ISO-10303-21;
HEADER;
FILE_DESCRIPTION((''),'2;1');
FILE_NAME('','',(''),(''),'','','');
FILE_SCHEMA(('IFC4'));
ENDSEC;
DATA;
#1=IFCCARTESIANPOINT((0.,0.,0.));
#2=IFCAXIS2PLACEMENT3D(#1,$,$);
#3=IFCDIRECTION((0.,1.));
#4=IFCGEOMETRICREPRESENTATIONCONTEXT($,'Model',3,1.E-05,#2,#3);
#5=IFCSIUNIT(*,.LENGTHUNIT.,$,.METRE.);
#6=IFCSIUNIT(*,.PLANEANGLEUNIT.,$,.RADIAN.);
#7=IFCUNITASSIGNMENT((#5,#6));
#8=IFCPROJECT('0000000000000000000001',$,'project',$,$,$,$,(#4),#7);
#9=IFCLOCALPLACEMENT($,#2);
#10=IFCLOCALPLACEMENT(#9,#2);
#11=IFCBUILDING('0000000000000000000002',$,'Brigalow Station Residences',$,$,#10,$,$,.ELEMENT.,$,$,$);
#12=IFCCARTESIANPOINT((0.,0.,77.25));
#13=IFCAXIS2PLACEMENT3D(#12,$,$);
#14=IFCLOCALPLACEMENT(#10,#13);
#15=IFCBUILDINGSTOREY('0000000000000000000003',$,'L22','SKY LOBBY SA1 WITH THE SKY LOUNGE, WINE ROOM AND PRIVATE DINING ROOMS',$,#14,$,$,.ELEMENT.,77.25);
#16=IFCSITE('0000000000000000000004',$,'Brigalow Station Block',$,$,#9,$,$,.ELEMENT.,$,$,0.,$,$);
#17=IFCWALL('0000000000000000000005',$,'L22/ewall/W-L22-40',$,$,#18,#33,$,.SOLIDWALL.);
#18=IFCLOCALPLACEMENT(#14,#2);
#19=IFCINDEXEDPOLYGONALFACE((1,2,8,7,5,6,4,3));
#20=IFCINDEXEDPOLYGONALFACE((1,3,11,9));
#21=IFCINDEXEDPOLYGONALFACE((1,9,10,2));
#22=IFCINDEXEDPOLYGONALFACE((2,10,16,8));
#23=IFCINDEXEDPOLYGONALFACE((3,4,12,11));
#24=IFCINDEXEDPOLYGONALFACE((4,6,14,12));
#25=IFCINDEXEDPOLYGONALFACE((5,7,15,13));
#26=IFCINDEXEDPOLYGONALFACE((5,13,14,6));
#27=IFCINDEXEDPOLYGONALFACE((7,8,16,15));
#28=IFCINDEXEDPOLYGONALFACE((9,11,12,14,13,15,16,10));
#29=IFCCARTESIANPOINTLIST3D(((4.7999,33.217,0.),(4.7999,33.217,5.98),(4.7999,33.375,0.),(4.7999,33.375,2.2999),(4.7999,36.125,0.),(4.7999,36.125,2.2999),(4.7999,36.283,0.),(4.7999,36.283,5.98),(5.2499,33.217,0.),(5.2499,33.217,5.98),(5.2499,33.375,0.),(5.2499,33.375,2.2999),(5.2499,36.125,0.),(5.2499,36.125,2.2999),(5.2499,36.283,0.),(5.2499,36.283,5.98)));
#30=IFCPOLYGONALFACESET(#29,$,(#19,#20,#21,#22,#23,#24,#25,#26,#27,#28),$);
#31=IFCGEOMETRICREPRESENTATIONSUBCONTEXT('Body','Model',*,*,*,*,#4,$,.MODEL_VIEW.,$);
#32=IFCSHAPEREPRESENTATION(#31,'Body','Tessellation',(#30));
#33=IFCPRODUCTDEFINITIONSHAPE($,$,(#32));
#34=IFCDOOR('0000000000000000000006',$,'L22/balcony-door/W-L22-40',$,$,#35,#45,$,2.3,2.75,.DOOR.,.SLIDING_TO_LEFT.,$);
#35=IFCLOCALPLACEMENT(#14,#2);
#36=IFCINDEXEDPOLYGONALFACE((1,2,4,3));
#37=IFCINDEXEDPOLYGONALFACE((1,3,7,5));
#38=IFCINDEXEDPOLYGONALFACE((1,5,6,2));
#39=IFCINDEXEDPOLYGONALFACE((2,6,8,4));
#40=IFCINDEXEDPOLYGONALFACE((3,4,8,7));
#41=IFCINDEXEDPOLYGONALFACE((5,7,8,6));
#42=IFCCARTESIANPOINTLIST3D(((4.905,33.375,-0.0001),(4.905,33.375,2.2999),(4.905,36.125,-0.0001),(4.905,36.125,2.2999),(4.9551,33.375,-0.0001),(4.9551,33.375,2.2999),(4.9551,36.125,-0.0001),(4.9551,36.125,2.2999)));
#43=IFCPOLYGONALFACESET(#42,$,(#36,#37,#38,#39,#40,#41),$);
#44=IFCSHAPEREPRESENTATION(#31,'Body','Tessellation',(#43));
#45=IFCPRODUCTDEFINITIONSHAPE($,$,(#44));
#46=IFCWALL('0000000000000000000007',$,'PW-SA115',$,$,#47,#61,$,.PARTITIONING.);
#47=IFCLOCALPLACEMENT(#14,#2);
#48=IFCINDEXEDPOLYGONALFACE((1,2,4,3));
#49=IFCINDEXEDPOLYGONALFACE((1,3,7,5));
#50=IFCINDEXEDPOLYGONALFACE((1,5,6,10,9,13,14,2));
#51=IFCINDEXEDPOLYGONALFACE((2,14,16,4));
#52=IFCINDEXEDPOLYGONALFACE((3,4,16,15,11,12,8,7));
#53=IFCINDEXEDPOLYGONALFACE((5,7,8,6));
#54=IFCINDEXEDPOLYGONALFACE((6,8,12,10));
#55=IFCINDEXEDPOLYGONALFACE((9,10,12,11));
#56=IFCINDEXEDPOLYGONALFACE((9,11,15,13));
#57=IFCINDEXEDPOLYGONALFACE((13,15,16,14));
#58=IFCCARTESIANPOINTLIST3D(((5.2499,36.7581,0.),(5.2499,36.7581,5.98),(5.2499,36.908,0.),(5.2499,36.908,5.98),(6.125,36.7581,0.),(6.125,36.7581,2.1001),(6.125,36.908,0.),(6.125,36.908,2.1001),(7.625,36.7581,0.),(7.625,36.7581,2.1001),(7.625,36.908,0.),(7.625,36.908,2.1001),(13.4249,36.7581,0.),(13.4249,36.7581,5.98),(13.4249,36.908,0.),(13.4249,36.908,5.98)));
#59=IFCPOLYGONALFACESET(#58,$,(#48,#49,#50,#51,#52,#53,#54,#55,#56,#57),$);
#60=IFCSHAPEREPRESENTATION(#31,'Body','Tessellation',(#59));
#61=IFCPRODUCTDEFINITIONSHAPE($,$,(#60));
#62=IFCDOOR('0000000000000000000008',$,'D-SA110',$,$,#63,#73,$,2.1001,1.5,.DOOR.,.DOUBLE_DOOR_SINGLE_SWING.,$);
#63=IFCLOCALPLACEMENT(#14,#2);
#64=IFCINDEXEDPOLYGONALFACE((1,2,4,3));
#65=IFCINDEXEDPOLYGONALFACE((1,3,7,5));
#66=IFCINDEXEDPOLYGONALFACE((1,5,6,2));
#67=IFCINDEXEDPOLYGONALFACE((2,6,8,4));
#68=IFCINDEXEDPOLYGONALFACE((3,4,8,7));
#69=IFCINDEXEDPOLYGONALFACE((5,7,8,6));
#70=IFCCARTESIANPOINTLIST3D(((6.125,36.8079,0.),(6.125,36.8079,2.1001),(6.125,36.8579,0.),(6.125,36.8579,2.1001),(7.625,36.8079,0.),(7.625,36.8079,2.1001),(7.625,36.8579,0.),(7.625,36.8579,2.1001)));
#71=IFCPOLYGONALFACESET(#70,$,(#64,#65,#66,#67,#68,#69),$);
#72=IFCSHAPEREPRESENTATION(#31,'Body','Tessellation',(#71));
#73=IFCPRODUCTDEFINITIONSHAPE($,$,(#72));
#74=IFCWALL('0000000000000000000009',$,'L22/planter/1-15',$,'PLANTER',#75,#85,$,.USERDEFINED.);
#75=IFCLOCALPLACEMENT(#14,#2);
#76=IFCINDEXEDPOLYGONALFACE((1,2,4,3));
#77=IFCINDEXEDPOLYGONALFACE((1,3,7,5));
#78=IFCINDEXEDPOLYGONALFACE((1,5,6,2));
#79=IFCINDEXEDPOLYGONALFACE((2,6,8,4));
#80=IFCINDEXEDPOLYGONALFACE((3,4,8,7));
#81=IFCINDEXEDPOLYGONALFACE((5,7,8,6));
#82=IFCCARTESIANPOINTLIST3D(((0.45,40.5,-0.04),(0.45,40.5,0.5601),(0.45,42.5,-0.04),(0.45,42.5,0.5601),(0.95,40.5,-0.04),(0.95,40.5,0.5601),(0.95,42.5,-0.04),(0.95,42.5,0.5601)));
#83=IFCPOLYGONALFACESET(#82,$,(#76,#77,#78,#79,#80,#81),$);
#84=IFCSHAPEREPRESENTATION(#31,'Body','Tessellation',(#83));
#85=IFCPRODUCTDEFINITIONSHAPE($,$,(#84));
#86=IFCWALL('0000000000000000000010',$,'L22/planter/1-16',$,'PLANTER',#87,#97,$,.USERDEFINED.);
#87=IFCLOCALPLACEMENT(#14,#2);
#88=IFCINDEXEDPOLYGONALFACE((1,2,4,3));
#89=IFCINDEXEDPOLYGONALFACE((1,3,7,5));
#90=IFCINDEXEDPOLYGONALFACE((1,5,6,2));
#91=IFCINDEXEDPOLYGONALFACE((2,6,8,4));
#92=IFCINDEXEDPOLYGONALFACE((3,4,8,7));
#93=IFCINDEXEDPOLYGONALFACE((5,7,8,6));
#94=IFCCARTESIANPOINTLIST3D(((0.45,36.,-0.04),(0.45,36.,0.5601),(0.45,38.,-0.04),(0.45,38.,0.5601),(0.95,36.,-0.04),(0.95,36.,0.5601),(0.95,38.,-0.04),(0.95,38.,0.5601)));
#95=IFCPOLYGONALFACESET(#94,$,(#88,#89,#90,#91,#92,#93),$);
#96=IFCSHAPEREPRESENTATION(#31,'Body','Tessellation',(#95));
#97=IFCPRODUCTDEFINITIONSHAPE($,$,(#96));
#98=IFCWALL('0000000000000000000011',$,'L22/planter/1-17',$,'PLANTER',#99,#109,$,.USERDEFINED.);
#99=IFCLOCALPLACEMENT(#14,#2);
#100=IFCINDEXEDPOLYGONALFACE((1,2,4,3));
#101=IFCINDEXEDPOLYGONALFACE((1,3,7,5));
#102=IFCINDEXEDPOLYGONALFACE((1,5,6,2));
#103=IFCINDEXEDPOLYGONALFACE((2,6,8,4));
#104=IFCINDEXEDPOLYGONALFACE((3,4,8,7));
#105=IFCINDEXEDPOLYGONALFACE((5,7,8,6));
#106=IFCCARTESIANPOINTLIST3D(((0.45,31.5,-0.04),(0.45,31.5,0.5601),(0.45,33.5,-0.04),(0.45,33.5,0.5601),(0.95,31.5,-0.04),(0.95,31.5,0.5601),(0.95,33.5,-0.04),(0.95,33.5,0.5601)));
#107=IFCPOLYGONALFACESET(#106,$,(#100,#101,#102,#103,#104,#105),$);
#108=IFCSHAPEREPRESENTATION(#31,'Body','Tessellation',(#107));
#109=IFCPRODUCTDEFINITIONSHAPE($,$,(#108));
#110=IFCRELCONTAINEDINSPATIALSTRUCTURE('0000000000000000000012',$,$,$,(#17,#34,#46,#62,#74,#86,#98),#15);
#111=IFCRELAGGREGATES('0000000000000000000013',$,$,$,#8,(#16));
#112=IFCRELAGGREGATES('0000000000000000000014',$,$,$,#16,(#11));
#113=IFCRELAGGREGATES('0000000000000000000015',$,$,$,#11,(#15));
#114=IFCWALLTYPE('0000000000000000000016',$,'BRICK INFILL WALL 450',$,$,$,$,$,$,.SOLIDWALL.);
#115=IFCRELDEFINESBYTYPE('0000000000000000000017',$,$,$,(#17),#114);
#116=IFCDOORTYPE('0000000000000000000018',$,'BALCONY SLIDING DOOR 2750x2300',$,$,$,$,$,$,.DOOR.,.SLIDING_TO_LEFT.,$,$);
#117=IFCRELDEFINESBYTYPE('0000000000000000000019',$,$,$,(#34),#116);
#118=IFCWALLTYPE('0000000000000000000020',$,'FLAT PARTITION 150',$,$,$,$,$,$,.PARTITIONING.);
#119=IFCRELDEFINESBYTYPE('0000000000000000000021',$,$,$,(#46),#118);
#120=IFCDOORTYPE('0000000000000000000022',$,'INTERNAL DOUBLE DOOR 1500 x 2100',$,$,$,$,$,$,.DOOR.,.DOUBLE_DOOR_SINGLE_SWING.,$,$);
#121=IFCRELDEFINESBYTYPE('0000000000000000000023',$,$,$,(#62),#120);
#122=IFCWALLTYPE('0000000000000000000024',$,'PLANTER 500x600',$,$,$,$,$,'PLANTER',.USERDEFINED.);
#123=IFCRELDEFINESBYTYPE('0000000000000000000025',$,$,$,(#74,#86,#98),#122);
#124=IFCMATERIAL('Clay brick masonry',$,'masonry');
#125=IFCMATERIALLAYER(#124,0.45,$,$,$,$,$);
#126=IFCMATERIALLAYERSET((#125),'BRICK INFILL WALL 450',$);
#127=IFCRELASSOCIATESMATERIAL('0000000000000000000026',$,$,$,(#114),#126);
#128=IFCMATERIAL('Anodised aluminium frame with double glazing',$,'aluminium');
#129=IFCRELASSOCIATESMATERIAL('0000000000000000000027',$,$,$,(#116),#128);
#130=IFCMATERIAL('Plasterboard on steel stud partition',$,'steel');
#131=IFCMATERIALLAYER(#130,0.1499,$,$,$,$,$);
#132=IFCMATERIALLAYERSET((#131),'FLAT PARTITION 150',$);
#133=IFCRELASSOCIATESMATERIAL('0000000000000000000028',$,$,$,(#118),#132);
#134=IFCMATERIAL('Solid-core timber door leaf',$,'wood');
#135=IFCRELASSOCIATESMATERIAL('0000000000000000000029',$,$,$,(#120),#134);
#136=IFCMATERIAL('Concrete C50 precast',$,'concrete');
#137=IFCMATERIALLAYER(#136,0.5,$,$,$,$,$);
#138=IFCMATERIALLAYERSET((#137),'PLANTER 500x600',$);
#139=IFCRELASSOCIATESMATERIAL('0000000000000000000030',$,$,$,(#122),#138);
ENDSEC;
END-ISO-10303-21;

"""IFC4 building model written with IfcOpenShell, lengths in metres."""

from ifc_helpers import new_model, si_unit, direction, frame, frame_2d, origin, place, context, subcontext, project, spatial, rectangle, extrude, material, layer, layer_set, type_object, element, fill, save


model = new_model("IFC4")

# Units and contexts
model_context = context("Model", 3, precision=1e-05, world=origin(), true_north=direction((0.0, 1.0)))
body_context = subcontext(model_context, "Body", "Model", "MODEL_VIEW")
ifc_project = project(units=[si_unit("LENGTHUNIT", "METRE"), si_unit("PLANEANGLEUNIT", "RADIAN")], contexts=[model_context])

# Site, building, storey
site_placement = place(None, origin())
site = spatial("IfcSite", under=ifc_project, at=site_placement, Name="Brigalow Station Block", CompositionType="ELEMENT", RefElevation=0.0)
building_placement = place(site_placement, origin())
building = spatial("IfcBuilding", under=site, at=building_placement, Name="Brigalow Station Residences", CompositionType="ELEMENT")
storey_placement = place(building_placement, frame((0.0, 0.0, 77.25)))
storey = spatial("IfcBuildingStorey", under=building, at=storey_placement, Name="L22", Description="SKY LOBBY SA1 WITH THE SKY LOUNGE, WINE ROOM AND PRIVATE DINING ROOMS", CompositionType="ELEMENT", Elevation=77.25)

# Walls, openings, doors
ifc_material_1 = material(Name="Clay brick masonry", Category="masonry")
ifc_layer_1 = layer(ifc_material_1, 0.45)
ifc_layer_set_1 = layer_set([ifc_layer_1], Name="BRICK INFILL WALL 450")
wall_type_1 = type_object("IfcWallType", Name="BRICK INFILL WALL 450", PredefinedType="SOLIDWALL", material=ifc_layer_set_1)
ifc_material_2 = material(Name="Anodised aluminium frame with double glazing", Category="aluminium")
door_type_1 = type_object("IfcDoorType", Name="BALCONY SLIDING DOOR 2750x2300", OperationType="SLIDING_TO_LEFT", PredefinedType="DOOR", material=ifc_material_2)
wall_1_placement = place(storey_placement, frame((5.0249, 36.283, 0.0), z_axis=(0.0, 0.0, 1.0), x_axis=(0.0, -1.0, 0.0)))
wall_1 = element("IfcWall", 1, at=wall_1_placement, inside=storey, type_object=wall_type_1, Name="L22/ewall/W-L22-40", PredefinedType="SOLIDWALL", context=body_context, shape_type="SweptSolid", body=[
    extrude(rectangle(XDim=3.0659, YDim=0.45, at=frame_2d((1.533, 0.0))), origin(), (0.0, 0.0, 1.0), 5.98),
])
opening_1_placement = place(wall_1_placement, frame((0.158, 0.0, 0.0)))
opening_1 = element("IfcOpeningElement", 2, at=opening_1_placement, cuts=wall_1, PredefinedType="OPENING", context=body_context, shape_type="SweptSolid", body=[
    extrude(rectangle(XDim=2.75, YDim=2.3, at=frame_2d((1.375, 1.1499))), frame((0.0, 0.2349, 0.0), z_axis=(0.0, -1.0, 0.0), x_axis=(1.0, 0.0, 0.0)), (0.0, 0.0, 1.0), 0.47),
])
door_1_placement = place(opening_1_placement, origin())
door_1 = element("IfcDoor", 3, at=door_1_placement, inside=storey, type_object=door_type_1, Name="L22/balcony-door/W-L22-40", OperationType="SLIDING_TO_LEFT", OverallHeight=2.3, OverallWidth=2.75, PredefinedType="DOOR", context=body_context, shape_type="SweptSolid", body=[
    extrude(rectangle(XDim=2.75, YDim=2.3, at=frame_2d((1.375, 1.1499))), frame((0.0, -0.0698, 0.0), z_axis=(0.0, -1.0, 0.0), x_axis=(1.0, 0.0, 0.0)), (0.0, 0.0, 1.0), 0.05),
])
fill(opening_1, door_1)
ifc_material_3 = material(Name="Plasterboard on steel stud partition", Category="steel")
ifc_layer_2 = layer(ifc_material_3, 0.1499)
ifc_layer_set_2 = layer_set([ifc_layer_2], Name="FLAT PARTITION 150")
wall_type_2 = type_object("IfcWallType", Name="FLAT PARTITION 150", PredefinedType="PARTITIONING", material=ifc_layer_set_2)
wall_2_placement = place(storey_placement, frame((5.25, 36.833, 0.0), z_axis=(0.0, 0.0, 1.0), x_axis=(1.0, 0.0, 0.0)))
wall_2 = element("IfcWall", 4, at=wall_2_placement, inside=storey, type_object=wall_type_2, Name="PW-SA115", PredefinedType="PARTITIONING", context=body_context, shape_type="SweptSolid", body=[
    extrude(rectangle(XDim=8.175, YDim=0.1499, at=frame_2d((4.0874, 0.0))), origin(), (0.0, 0.0, 1.0), 5.98),
])
opening_2_placement = place(wall_2_placement, frame((0.875, 0.0, 0.0)))
opening_2 = element("IfcOpeningElement", 5, at=opening_2_placement, cuts=wall_2, PredefinedType="OPENING", context=body_context, shape_type="SweptSolid", body=[
    extrude(rectangle(XDim=1.5, YDim=2.1001, at=frame_2d((0.75, 1.05))), frame((0.0, 0.085, 0.0), z_axis=(0.0, -1.0, 0.0), x_axis=(1.0, 0.0, 0.0)), (0.0, 0.0, 1.0), 0.1699),
])
ifc_material_4 = material(Name="Solid-core timber door leaf", Category="wood")
door_type_2 = type_object("IfcDoorType", Name="INTERNAL DOUBLE DOOR 1500 x 2100", OperationType="DOUBLE_DOOR_SINGLE_SWING", PredefinedType="DOOR", material=ifc_material_4)
door_2_placement = place(opening_2_placement, origin())
door_2 = element("IfcDoor", 6, at=door_2_placement, inside=storey, type_object=door_type_2, Name="D-SA110", OperationType="DOUBLE_DOOR_SINGLE_SWING", OverallHeight=2.1001, OverallWidth=1.5, PredefinedType="DOOR", context=body_context, shape_type="SweptSolid", body=[
    extrude(rectangle(XDim=1.5, YDim=2.1001, at=frame_2d((0.75, 1.05))), frame((0.0, 0.0249, 0.0), z_axis=(0.0, -1.0, 0.0), x_axis=(1.0, 0.0, 0.0)), (0.0, 0.0, 1.0), 0.05),
])
fill(opening_2, door_2)

# Walls
ifc_material_5 = material(Name="Concrete C50 precast", Category="concrete")
ifc_layer_3 = layer(ifc_material_5, 0.5)
ifc_layer_set_3 = layer_set([ifc_layer_3], Name="PLANTER 500x600")
wall_type_3 = type_object("IfcWallType", Name="PLANTER 500x600", ElementType="PLANTER", PredefinedType="USERDEFINED", material=ifc_layer_set_3)
for number, where, z_axis, x_axis, name in (
    (7, (0.7, 42.5, -0.04), (0.0, 0.0, 1.0), (0.0, -1.0, 0.0), "L22/planter/1-15"),
    (8, (0.7, 38.0, -0.04), (0.0, 0.0, 1.0), (0.0, -1.0, 0.0), "L22/planter/1-16"),
    (9, (0.7, 33.5, -0.04), (0.0, 0.0, 1.0), (0.0, -1.0, 0.0), "L22/planter/1-17"),
):
    element("IfcWall", number, at=place(storey_placement, frame(where, z_axis=z_axis, x_axis=x_axis)), inside=storey, type_object=wall_type_3, Name=name, ObjectType="PLANTER", PredefinedType="USERDEFINED", context=body_context, shape_type="SweptSolid", body=[
        extrude(rectangle(XDim=2.0, YDim=0.5, at=frame_2d((1.0, 0.0))), origin(), (0.0, 0.0, 1.0), 0.6001),
    ])

save(model, "model.ifc")
